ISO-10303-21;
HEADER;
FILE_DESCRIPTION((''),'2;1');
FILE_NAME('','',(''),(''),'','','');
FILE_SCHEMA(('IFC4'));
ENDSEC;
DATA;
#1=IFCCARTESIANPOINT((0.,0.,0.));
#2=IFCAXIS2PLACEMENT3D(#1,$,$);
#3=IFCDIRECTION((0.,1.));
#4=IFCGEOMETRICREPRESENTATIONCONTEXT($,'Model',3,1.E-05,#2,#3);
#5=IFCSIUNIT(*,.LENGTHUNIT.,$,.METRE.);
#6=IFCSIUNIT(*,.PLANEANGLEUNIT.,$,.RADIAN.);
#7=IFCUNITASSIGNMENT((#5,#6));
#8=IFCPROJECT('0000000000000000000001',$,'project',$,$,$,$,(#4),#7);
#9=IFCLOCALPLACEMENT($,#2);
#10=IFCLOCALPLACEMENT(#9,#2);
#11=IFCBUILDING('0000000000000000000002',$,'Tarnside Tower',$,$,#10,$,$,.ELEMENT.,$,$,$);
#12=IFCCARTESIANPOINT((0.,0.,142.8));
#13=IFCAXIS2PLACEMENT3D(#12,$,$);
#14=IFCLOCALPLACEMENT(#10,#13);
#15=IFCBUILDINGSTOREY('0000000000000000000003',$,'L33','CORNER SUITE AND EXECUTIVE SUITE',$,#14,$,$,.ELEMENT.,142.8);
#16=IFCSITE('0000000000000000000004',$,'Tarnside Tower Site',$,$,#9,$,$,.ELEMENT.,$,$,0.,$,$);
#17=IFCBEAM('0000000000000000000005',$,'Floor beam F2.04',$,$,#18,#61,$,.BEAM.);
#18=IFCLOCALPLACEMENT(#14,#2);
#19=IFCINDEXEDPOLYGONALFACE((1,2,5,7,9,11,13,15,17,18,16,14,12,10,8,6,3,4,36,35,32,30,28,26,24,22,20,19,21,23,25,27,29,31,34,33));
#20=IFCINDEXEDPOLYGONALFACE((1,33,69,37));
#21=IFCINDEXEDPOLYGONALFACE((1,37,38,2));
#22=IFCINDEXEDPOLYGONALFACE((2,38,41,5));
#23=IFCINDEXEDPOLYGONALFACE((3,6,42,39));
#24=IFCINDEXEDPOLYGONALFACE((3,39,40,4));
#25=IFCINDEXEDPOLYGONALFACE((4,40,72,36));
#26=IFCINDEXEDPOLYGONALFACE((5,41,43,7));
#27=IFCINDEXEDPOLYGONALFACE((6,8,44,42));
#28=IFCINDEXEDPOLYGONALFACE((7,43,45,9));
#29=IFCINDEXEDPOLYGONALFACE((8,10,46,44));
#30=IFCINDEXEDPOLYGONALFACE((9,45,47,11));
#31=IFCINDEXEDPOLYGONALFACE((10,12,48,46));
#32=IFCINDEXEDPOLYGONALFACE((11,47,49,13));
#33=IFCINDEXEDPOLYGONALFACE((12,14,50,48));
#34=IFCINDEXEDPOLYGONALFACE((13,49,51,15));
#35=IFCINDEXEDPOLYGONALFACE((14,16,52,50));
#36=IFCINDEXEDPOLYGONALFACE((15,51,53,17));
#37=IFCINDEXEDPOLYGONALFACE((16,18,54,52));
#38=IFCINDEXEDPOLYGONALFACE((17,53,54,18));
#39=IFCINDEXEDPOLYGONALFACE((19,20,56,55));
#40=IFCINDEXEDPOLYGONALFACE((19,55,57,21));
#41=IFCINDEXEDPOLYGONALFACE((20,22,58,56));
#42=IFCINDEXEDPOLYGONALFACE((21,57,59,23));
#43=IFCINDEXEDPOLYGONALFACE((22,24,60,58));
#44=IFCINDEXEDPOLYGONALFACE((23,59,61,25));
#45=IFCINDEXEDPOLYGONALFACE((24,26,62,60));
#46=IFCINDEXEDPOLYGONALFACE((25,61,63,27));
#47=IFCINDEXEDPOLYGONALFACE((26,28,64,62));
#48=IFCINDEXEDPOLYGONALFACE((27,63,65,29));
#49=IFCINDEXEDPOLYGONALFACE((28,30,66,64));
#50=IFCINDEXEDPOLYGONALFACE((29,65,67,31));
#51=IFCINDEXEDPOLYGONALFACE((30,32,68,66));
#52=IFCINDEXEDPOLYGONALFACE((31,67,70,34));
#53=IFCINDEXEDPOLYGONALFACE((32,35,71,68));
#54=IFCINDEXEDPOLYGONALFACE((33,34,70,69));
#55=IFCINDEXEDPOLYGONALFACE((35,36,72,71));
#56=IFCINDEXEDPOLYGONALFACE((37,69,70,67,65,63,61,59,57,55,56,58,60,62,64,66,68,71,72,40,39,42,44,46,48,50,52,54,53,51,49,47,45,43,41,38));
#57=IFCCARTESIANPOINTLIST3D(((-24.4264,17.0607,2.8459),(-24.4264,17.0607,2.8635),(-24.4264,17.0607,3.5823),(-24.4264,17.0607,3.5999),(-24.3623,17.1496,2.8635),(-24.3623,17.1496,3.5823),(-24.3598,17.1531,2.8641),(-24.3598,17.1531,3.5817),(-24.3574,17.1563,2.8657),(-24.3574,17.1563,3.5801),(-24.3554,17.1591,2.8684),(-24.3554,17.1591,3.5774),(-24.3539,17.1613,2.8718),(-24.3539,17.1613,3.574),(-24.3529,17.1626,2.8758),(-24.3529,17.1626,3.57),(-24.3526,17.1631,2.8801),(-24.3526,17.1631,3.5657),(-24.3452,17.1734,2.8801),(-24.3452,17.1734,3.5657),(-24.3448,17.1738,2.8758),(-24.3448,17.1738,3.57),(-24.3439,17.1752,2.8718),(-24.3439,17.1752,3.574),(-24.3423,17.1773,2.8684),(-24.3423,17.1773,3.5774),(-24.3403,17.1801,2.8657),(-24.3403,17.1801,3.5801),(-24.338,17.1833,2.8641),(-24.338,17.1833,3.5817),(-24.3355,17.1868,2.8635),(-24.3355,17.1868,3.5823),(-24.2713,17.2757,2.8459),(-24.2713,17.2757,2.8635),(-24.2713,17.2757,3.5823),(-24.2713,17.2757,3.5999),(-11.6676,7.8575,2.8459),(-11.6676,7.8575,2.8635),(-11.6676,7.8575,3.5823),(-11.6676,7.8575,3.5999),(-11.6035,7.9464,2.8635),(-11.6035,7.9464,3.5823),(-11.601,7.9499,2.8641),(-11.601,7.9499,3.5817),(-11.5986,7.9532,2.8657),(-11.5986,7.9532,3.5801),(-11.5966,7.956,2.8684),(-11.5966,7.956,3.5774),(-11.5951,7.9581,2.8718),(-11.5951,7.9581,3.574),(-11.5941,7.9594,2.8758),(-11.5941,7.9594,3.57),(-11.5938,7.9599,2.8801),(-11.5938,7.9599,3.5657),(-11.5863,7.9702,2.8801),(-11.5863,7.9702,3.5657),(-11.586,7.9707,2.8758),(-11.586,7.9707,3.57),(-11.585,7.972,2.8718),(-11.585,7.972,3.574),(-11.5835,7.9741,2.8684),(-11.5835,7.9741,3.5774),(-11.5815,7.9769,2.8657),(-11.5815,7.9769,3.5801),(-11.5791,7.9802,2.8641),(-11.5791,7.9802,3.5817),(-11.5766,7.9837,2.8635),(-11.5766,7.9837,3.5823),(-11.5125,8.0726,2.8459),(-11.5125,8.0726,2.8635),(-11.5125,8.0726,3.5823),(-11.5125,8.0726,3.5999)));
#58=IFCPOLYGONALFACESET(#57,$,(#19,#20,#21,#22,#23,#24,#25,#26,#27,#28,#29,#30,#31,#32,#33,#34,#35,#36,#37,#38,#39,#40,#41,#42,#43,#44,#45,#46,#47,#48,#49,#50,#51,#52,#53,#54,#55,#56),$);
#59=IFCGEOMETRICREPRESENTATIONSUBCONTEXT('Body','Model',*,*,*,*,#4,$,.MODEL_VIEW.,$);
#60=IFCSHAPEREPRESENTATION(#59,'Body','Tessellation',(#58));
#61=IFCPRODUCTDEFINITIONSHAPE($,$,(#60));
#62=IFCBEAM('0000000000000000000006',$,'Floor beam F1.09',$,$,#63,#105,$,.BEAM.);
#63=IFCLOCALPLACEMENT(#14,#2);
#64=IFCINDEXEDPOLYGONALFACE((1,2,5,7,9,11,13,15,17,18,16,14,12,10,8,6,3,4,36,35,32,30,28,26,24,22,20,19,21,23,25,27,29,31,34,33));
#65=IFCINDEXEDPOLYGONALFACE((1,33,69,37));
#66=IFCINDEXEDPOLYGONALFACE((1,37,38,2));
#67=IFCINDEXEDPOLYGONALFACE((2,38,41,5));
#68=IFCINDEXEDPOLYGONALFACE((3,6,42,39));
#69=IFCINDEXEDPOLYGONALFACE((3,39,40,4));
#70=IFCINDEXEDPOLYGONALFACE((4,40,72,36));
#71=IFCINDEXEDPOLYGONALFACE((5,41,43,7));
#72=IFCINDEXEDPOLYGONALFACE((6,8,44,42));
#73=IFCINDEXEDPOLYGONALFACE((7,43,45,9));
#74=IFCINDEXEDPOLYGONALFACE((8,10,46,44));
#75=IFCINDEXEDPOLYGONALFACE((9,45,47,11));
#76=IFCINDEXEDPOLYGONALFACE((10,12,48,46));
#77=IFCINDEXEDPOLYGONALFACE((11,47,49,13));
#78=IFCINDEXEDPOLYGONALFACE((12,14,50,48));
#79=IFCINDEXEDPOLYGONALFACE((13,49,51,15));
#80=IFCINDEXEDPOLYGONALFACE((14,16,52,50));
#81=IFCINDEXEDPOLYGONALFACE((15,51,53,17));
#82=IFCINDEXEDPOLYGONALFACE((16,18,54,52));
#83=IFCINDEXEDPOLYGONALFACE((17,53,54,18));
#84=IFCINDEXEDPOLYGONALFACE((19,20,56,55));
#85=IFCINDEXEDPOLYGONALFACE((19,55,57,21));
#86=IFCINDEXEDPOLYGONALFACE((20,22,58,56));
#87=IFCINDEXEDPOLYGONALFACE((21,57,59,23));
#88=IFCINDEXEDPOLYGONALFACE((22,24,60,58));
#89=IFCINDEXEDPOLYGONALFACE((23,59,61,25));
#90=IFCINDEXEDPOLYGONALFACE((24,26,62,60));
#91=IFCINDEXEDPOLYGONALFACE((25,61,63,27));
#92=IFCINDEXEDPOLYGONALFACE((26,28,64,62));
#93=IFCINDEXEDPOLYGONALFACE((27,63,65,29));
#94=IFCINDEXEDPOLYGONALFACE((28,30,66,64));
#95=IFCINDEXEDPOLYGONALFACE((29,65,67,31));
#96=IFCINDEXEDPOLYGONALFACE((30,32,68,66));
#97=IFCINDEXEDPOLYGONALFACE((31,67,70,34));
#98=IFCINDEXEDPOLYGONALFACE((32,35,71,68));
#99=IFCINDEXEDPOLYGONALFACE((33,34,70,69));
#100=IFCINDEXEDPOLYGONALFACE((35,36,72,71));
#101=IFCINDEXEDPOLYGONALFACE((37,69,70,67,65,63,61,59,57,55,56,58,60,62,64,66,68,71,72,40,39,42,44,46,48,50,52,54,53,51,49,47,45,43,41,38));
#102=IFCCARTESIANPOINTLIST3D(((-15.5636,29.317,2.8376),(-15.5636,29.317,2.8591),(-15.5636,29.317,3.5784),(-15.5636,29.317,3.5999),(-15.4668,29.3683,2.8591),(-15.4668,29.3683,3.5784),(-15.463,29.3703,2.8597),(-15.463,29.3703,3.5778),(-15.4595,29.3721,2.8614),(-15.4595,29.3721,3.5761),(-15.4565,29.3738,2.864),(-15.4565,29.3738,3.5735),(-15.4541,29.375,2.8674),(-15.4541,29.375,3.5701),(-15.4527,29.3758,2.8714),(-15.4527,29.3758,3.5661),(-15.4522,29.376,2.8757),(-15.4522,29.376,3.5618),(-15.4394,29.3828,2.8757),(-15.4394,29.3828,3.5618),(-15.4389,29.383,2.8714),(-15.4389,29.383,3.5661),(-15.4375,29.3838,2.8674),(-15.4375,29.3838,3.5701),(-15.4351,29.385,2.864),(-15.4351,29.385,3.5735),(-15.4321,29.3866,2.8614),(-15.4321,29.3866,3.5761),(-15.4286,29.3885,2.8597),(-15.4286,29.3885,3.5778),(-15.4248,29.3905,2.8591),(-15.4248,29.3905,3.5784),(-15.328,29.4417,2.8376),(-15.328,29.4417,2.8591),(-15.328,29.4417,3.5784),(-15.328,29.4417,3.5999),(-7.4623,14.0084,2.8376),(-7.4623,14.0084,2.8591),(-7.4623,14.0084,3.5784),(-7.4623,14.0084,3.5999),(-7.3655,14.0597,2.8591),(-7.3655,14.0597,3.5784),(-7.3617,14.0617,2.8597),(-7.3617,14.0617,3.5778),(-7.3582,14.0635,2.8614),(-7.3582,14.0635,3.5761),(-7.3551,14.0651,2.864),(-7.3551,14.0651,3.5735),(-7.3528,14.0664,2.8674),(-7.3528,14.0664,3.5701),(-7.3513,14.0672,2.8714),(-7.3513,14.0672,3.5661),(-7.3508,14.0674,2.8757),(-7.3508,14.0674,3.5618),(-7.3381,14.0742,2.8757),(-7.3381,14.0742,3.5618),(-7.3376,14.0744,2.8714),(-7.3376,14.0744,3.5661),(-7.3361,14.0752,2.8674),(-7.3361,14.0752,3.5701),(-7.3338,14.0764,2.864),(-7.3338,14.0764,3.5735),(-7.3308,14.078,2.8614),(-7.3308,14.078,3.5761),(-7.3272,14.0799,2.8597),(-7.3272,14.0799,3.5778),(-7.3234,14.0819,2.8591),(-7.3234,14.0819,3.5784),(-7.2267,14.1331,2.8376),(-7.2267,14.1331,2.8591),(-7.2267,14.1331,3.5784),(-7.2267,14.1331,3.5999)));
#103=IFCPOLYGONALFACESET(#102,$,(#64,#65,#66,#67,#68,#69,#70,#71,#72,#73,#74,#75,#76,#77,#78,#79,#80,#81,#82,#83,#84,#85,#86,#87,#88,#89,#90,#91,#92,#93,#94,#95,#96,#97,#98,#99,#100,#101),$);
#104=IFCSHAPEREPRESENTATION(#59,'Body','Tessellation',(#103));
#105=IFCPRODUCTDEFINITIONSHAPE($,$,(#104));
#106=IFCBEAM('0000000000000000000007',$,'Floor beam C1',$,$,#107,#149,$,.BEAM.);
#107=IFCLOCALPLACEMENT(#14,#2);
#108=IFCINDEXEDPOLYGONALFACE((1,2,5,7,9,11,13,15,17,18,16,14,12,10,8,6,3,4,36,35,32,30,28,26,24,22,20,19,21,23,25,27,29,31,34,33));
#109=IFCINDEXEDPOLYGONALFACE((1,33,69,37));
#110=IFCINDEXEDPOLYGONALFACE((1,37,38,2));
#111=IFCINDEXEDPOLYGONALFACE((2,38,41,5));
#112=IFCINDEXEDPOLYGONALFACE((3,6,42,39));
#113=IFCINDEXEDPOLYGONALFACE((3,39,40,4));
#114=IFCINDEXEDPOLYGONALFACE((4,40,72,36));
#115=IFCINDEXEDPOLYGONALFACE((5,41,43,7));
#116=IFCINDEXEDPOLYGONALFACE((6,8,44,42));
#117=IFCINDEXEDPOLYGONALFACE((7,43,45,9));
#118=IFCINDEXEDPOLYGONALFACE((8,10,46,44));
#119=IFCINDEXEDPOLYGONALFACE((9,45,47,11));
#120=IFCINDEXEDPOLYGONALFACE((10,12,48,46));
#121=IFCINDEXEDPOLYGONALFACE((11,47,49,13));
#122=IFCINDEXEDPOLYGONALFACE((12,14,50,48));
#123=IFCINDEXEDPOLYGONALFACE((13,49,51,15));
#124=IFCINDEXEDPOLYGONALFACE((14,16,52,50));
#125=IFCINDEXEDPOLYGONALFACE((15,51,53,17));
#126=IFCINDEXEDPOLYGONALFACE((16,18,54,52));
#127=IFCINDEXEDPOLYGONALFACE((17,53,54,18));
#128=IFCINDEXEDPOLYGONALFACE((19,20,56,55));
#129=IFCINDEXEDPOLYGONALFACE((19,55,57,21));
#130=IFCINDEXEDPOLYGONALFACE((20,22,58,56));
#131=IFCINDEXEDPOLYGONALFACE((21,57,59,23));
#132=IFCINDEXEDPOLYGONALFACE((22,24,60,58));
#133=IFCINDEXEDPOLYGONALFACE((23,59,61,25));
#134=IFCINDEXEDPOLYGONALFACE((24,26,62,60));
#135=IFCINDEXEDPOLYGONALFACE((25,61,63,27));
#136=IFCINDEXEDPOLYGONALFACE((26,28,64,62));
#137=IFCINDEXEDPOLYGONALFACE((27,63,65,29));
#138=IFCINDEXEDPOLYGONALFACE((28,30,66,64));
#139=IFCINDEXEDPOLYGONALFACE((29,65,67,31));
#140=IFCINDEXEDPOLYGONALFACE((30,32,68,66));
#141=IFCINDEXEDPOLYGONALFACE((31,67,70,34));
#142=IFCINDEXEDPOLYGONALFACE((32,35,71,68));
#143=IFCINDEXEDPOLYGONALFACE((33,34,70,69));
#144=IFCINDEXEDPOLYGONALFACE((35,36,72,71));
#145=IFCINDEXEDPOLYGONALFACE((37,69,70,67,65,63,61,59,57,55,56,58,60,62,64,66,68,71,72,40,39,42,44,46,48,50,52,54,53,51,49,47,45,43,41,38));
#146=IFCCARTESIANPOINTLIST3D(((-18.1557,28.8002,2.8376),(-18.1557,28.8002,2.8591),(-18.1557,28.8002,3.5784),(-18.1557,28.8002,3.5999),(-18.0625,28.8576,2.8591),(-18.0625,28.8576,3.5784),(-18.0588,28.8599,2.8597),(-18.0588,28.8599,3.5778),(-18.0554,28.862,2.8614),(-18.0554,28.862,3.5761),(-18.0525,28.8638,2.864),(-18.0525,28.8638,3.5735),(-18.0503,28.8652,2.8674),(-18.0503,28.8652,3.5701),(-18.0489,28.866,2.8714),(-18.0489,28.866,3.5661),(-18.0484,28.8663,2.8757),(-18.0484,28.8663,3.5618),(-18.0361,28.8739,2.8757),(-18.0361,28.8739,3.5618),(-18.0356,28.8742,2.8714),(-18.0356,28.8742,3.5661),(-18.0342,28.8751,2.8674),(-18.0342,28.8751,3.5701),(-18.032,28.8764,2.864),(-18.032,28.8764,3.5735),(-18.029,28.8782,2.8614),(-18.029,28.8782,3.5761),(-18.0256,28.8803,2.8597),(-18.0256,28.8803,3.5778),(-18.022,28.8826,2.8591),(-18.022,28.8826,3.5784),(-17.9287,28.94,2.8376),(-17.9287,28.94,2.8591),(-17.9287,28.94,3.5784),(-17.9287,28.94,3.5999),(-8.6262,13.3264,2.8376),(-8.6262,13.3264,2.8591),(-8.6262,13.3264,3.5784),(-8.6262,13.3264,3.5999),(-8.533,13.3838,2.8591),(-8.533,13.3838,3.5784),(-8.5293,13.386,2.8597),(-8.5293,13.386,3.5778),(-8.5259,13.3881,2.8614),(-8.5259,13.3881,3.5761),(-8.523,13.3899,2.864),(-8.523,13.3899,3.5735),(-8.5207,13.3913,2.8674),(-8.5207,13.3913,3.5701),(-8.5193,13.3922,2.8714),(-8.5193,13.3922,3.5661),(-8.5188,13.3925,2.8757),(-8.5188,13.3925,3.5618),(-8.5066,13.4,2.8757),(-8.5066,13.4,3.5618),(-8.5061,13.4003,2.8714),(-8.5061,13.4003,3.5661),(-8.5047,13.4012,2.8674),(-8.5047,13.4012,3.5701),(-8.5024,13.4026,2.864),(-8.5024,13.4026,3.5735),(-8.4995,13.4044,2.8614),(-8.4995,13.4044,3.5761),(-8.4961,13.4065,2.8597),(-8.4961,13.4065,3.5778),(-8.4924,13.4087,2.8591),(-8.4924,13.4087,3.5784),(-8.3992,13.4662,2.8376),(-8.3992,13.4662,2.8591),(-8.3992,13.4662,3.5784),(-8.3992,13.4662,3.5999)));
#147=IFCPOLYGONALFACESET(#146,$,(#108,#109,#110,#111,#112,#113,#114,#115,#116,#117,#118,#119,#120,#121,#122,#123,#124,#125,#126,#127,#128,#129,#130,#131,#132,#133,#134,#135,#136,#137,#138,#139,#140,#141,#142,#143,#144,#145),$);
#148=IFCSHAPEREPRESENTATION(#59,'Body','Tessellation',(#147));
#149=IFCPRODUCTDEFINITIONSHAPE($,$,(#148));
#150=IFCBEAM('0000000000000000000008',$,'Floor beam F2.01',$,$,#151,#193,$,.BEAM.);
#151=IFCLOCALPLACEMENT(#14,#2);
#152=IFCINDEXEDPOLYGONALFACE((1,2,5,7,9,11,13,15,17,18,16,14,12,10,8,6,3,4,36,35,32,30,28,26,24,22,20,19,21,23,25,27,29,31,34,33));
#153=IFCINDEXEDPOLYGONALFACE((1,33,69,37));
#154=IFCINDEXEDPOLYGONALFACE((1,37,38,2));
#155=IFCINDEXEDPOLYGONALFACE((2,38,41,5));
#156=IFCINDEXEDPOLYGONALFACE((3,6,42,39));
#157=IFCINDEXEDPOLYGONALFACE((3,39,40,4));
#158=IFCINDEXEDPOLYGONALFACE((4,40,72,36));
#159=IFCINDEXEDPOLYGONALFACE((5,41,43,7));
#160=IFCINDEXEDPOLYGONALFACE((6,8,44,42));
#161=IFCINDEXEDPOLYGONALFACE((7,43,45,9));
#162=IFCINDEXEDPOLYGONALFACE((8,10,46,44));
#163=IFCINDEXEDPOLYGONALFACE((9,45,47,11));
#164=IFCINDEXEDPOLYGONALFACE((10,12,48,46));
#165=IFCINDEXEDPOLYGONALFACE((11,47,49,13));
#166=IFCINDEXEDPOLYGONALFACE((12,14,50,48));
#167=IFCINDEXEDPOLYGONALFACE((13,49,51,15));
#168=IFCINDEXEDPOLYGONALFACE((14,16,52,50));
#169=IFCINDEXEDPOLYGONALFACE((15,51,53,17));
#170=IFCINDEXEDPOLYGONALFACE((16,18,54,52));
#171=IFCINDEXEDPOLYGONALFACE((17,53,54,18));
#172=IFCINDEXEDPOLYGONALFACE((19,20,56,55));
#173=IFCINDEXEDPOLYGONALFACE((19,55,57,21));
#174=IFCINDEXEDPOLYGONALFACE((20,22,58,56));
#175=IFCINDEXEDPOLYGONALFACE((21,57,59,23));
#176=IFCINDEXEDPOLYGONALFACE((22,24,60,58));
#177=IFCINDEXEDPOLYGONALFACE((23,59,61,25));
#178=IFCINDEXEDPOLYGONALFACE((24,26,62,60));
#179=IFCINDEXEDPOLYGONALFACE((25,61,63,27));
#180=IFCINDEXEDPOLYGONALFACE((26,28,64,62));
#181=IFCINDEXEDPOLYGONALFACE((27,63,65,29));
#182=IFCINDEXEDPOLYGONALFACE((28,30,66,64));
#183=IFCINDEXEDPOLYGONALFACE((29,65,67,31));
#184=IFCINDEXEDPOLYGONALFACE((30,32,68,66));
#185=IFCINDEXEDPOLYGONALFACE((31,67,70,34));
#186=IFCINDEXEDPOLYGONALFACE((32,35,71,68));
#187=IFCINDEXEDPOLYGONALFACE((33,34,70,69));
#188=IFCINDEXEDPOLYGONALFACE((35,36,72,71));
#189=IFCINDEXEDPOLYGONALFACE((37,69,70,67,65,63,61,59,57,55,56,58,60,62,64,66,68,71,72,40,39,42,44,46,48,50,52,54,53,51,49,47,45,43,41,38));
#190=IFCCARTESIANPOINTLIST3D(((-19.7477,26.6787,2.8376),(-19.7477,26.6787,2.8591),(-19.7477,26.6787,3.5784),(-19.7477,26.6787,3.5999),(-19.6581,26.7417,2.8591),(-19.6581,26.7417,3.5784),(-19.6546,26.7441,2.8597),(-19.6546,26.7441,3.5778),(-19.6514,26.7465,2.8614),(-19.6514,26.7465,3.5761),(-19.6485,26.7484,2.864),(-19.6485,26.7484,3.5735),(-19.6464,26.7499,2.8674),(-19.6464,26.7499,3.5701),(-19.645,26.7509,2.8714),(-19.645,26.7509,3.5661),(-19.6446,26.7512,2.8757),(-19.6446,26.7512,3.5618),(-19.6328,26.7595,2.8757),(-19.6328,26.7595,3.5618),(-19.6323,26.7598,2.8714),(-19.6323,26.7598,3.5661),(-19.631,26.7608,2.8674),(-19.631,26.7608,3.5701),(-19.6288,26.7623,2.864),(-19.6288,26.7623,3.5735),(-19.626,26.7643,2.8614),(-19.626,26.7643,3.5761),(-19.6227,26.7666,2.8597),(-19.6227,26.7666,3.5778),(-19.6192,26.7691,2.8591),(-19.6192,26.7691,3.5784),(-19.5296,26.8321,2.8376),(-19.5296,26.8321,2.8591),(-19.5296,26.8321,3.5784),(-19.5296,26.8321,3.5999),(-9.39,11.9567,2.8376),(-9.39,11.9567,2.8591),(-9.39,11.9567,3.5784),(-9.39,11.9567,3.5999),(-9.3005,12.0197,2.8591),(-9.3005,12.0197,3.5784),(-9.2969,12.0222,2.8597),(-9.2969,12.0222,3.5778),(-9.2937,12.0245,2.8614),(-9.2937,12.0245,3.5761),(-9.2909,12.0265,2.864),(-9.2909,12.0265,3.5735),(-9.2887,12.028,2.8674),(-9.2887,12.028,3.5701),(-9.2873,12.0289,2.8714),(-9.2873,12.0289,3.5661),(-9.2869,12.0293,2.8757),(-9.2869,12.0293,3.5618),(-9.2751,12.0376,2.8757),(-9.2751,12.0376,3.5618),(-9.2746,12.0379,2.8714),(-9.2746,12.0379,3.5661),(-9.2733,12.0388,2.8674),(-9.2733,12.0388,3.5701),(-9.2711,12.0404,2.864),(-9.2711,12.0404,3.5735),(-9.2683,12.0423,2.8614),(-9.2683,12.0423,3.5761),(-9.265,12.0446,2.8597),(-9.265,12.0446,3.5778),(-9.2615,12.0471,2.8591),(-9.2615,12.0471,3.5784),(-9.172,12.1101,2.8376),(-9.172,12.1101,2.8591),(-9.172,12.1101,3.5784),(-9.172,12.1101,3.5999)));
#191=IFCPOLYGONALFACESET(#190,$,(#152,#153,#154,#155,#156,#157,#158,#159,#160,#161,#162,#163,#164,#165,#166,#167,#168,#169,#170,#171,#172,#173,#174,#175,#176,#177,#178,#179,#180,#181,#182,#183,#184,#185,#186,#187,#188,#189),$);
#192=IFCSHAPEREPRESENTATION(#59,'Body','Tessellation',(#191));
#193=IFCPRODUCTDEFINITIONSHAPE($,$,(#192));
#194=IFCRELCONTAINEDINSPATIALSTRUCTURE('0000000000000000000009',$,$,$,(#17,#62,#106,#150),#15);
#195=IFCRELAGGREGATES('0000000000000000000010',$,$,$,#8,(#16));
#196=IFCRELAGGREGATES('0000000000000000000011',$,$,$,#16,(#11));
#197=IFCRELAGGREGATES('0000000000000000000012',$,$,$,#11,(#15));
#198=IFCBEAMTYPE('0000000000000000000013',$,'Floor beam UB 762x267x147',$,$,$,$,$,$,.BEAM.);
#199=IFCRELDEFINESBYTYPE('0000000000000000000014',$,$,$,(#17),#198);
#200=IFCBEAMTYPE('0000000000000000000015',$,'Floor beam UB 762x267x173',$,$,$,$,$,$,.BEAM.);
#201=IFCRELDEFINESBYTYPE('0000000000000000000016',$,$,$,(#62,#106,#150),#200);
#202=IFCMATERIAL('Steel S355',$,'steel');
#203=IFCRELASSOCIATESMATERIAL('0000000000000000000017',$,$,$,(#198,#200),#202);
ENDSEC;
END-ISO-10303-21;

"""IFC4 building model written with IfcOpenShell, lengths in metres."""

from ifc_helpers import new_model, si_unit, direction, frame, origin, origin_2d, place, context, subcontext, project, spatial, i_section, extrude, material, material_profile, profile_set, type_object, element, save


model = new_model("IFC4")

# Units and contexts
model_context = context("Model", 3, precision=1e-05, world=origin(), true_north=direction((0.0, 1.0)))
body_context = subcontext(model_context, "Body", "Model", "MODEL_VIEW")
ifc_project = project(units=[si_unit("LENGTHUNIT", "METRE"), si_unit("PLANEANGLEUNIT", "RADIAN")], contexts=[model_context])

# Site, building, storey
site_placement = place(None, origin())
site = spatial("IfcSite", under=ifc_project, at=site_placement, Name="Tarnside Tower Site", CompositionType="ELEMENT", RefElevation=0.0)
building_placement = place(site_placement, origin())
building = spatial("IfcBuilding", under=site, at=building_placement, Name="Tarnside Tower", CompositionType="ELEMENT")
storey_placement = place(building_placement, frame((0.0, 0.0, 142.8)))
storey = spatial("IfcBuildingStorey", under=building, at=storey_placement, Name="L33", Description="CORNER SUITE AND EXECUTIVE SUITE", CompositionType="ELEMENT", Elevation=142.8)

# Beams
ifc_material_1 = material(Name="Steel S355", Category="steel")
ifc_material_profile_1 = material_profile(ifc_material_1, i_section(OverallWidth=0.2651, OverallDepth=0.7539, WebThickness=0.0127, FlangeThickness=0.0176, FilletRadius=0.0166, at=origin_2d()), Name="UB 762x267x147")
ifc_profile_set_1 = profile_set([ifc_material_profile_1], Name="Steel S355")
beam_type_1 = type_object("IfcBeamType", Name="Floor beam UB 762x267x147", PredefinedType="BEAM", material=ifc_profile_set_1)
beam_1_placement = place(storey_placement, frame((-24.3489, 17.1682, 3.2229), z_axis=(0.811028, -0.585008, 0.0), x_axis=(0.585008, 0.811028, 0.0)))
element("IfcBeam", 1, at=beam_1_placement, inside=storey, type_object=beam_type_1, Name="Floor beam F2.04", PredefinedType="BEAM", context=body_context, shape_type="SweptSolid", body=[
    extrude(i_section(OverallWidth=0.2651, OverallDepth=0.7539, WebThickness=0.0127, FlangeThickness=0.0176, FilletRadius=0.0166, at=origin_2d()), origin(), (0.0, 0.0, 1.0), 15.7317),
])
ifc_material_profile_2 = material_profile(ifc_material_1, i_section(OverallWidth=0.2666, OverallDepth=0.7622, WebThickness=0.0144, FlangeThickness=0.0215, FilletRadius=0.0166, at=origin_2d()), Name="UB 762x267x173")
ifc_profile_set_2 = profile_set([ifc_material_profile_2], Name="Steel S355")
beam_type_2 = type_object("IfcBeamType", Name="Floor beam UB 762x267x173", PredefinedType="BEAM", material=ifc_profile_set_2)
beam_2_placement = place(storey_placement, frame((-15.4458, 29.3794, 3.2188), z_axis=(0.467742, -0.883865, 0.0), x_axis=(0.883865, 0.467742, 0.0)))
element("IfcBeam", 2, at=beam_2_placement, inside=storey, type_object=beam_type_2, Name="Floor beam F1.09", PredefinedType="BEAM", context=body_context, shape_type="SweptSolid", body=[
    extrude(i_section(OverallWidth=0.2666, OverallDepth=0.7622, WebThickness=0.0144, FlangeThickness=0.0215, FilletRadius=0.0166, at=origin_2d()), origin(), (0.0, 0.0, 1.0), 17.3201),
])
beam_3_placement = place(storey_placement, frame((-18.0422, 28.8701, 3.2188), z_axis=(0.524383, -0.851483, 0.0), x_axis=(0.851483, 0.524383, 0.0)))
element("IfcBeam", 3, at=beam_3_placement, inside=storey, type_object=beam_type_2, Name="Floor beam C1", PredefinedType="BEAM", context=body_context, shape_type="SweptSolid", body=[
    extrude(i_section(OverallWidth=0.2666, OverallDepth=0.7622, WebThickness=0.0144, FlangeThickness=0.0215, FilletRadius=0.0166, at=origin_2d()), origin(), (0.0, 0.0, 1.0), 18.1729),
])
beam_4_placement = place(storey_placement, frame((-19.6387, 26.7554, 3.2188), z_axis=(0.575411, -0.817864, 0.0), x_axis=(0.817864, 0.575411, 0.0)))
element("IfcBeam", 4, at=beam_4_placement, inside=storey, type_object=beam_type_2, Name="Floor beam F2.01", PredefinedType="BEAM", context=body_context, shape_type="SweptSolid", body=[
    extrude(i_section(OverallWidth=0.2666, OverallDepth=0.7622, WebThickness=0.0144, FlangeThickness=0.0215, FilletRadius=0.0166, at=origin_2d()), origin(), (0.0, 0.0, 1.0), 18.0005),
])

save(model, "model.ifc")
